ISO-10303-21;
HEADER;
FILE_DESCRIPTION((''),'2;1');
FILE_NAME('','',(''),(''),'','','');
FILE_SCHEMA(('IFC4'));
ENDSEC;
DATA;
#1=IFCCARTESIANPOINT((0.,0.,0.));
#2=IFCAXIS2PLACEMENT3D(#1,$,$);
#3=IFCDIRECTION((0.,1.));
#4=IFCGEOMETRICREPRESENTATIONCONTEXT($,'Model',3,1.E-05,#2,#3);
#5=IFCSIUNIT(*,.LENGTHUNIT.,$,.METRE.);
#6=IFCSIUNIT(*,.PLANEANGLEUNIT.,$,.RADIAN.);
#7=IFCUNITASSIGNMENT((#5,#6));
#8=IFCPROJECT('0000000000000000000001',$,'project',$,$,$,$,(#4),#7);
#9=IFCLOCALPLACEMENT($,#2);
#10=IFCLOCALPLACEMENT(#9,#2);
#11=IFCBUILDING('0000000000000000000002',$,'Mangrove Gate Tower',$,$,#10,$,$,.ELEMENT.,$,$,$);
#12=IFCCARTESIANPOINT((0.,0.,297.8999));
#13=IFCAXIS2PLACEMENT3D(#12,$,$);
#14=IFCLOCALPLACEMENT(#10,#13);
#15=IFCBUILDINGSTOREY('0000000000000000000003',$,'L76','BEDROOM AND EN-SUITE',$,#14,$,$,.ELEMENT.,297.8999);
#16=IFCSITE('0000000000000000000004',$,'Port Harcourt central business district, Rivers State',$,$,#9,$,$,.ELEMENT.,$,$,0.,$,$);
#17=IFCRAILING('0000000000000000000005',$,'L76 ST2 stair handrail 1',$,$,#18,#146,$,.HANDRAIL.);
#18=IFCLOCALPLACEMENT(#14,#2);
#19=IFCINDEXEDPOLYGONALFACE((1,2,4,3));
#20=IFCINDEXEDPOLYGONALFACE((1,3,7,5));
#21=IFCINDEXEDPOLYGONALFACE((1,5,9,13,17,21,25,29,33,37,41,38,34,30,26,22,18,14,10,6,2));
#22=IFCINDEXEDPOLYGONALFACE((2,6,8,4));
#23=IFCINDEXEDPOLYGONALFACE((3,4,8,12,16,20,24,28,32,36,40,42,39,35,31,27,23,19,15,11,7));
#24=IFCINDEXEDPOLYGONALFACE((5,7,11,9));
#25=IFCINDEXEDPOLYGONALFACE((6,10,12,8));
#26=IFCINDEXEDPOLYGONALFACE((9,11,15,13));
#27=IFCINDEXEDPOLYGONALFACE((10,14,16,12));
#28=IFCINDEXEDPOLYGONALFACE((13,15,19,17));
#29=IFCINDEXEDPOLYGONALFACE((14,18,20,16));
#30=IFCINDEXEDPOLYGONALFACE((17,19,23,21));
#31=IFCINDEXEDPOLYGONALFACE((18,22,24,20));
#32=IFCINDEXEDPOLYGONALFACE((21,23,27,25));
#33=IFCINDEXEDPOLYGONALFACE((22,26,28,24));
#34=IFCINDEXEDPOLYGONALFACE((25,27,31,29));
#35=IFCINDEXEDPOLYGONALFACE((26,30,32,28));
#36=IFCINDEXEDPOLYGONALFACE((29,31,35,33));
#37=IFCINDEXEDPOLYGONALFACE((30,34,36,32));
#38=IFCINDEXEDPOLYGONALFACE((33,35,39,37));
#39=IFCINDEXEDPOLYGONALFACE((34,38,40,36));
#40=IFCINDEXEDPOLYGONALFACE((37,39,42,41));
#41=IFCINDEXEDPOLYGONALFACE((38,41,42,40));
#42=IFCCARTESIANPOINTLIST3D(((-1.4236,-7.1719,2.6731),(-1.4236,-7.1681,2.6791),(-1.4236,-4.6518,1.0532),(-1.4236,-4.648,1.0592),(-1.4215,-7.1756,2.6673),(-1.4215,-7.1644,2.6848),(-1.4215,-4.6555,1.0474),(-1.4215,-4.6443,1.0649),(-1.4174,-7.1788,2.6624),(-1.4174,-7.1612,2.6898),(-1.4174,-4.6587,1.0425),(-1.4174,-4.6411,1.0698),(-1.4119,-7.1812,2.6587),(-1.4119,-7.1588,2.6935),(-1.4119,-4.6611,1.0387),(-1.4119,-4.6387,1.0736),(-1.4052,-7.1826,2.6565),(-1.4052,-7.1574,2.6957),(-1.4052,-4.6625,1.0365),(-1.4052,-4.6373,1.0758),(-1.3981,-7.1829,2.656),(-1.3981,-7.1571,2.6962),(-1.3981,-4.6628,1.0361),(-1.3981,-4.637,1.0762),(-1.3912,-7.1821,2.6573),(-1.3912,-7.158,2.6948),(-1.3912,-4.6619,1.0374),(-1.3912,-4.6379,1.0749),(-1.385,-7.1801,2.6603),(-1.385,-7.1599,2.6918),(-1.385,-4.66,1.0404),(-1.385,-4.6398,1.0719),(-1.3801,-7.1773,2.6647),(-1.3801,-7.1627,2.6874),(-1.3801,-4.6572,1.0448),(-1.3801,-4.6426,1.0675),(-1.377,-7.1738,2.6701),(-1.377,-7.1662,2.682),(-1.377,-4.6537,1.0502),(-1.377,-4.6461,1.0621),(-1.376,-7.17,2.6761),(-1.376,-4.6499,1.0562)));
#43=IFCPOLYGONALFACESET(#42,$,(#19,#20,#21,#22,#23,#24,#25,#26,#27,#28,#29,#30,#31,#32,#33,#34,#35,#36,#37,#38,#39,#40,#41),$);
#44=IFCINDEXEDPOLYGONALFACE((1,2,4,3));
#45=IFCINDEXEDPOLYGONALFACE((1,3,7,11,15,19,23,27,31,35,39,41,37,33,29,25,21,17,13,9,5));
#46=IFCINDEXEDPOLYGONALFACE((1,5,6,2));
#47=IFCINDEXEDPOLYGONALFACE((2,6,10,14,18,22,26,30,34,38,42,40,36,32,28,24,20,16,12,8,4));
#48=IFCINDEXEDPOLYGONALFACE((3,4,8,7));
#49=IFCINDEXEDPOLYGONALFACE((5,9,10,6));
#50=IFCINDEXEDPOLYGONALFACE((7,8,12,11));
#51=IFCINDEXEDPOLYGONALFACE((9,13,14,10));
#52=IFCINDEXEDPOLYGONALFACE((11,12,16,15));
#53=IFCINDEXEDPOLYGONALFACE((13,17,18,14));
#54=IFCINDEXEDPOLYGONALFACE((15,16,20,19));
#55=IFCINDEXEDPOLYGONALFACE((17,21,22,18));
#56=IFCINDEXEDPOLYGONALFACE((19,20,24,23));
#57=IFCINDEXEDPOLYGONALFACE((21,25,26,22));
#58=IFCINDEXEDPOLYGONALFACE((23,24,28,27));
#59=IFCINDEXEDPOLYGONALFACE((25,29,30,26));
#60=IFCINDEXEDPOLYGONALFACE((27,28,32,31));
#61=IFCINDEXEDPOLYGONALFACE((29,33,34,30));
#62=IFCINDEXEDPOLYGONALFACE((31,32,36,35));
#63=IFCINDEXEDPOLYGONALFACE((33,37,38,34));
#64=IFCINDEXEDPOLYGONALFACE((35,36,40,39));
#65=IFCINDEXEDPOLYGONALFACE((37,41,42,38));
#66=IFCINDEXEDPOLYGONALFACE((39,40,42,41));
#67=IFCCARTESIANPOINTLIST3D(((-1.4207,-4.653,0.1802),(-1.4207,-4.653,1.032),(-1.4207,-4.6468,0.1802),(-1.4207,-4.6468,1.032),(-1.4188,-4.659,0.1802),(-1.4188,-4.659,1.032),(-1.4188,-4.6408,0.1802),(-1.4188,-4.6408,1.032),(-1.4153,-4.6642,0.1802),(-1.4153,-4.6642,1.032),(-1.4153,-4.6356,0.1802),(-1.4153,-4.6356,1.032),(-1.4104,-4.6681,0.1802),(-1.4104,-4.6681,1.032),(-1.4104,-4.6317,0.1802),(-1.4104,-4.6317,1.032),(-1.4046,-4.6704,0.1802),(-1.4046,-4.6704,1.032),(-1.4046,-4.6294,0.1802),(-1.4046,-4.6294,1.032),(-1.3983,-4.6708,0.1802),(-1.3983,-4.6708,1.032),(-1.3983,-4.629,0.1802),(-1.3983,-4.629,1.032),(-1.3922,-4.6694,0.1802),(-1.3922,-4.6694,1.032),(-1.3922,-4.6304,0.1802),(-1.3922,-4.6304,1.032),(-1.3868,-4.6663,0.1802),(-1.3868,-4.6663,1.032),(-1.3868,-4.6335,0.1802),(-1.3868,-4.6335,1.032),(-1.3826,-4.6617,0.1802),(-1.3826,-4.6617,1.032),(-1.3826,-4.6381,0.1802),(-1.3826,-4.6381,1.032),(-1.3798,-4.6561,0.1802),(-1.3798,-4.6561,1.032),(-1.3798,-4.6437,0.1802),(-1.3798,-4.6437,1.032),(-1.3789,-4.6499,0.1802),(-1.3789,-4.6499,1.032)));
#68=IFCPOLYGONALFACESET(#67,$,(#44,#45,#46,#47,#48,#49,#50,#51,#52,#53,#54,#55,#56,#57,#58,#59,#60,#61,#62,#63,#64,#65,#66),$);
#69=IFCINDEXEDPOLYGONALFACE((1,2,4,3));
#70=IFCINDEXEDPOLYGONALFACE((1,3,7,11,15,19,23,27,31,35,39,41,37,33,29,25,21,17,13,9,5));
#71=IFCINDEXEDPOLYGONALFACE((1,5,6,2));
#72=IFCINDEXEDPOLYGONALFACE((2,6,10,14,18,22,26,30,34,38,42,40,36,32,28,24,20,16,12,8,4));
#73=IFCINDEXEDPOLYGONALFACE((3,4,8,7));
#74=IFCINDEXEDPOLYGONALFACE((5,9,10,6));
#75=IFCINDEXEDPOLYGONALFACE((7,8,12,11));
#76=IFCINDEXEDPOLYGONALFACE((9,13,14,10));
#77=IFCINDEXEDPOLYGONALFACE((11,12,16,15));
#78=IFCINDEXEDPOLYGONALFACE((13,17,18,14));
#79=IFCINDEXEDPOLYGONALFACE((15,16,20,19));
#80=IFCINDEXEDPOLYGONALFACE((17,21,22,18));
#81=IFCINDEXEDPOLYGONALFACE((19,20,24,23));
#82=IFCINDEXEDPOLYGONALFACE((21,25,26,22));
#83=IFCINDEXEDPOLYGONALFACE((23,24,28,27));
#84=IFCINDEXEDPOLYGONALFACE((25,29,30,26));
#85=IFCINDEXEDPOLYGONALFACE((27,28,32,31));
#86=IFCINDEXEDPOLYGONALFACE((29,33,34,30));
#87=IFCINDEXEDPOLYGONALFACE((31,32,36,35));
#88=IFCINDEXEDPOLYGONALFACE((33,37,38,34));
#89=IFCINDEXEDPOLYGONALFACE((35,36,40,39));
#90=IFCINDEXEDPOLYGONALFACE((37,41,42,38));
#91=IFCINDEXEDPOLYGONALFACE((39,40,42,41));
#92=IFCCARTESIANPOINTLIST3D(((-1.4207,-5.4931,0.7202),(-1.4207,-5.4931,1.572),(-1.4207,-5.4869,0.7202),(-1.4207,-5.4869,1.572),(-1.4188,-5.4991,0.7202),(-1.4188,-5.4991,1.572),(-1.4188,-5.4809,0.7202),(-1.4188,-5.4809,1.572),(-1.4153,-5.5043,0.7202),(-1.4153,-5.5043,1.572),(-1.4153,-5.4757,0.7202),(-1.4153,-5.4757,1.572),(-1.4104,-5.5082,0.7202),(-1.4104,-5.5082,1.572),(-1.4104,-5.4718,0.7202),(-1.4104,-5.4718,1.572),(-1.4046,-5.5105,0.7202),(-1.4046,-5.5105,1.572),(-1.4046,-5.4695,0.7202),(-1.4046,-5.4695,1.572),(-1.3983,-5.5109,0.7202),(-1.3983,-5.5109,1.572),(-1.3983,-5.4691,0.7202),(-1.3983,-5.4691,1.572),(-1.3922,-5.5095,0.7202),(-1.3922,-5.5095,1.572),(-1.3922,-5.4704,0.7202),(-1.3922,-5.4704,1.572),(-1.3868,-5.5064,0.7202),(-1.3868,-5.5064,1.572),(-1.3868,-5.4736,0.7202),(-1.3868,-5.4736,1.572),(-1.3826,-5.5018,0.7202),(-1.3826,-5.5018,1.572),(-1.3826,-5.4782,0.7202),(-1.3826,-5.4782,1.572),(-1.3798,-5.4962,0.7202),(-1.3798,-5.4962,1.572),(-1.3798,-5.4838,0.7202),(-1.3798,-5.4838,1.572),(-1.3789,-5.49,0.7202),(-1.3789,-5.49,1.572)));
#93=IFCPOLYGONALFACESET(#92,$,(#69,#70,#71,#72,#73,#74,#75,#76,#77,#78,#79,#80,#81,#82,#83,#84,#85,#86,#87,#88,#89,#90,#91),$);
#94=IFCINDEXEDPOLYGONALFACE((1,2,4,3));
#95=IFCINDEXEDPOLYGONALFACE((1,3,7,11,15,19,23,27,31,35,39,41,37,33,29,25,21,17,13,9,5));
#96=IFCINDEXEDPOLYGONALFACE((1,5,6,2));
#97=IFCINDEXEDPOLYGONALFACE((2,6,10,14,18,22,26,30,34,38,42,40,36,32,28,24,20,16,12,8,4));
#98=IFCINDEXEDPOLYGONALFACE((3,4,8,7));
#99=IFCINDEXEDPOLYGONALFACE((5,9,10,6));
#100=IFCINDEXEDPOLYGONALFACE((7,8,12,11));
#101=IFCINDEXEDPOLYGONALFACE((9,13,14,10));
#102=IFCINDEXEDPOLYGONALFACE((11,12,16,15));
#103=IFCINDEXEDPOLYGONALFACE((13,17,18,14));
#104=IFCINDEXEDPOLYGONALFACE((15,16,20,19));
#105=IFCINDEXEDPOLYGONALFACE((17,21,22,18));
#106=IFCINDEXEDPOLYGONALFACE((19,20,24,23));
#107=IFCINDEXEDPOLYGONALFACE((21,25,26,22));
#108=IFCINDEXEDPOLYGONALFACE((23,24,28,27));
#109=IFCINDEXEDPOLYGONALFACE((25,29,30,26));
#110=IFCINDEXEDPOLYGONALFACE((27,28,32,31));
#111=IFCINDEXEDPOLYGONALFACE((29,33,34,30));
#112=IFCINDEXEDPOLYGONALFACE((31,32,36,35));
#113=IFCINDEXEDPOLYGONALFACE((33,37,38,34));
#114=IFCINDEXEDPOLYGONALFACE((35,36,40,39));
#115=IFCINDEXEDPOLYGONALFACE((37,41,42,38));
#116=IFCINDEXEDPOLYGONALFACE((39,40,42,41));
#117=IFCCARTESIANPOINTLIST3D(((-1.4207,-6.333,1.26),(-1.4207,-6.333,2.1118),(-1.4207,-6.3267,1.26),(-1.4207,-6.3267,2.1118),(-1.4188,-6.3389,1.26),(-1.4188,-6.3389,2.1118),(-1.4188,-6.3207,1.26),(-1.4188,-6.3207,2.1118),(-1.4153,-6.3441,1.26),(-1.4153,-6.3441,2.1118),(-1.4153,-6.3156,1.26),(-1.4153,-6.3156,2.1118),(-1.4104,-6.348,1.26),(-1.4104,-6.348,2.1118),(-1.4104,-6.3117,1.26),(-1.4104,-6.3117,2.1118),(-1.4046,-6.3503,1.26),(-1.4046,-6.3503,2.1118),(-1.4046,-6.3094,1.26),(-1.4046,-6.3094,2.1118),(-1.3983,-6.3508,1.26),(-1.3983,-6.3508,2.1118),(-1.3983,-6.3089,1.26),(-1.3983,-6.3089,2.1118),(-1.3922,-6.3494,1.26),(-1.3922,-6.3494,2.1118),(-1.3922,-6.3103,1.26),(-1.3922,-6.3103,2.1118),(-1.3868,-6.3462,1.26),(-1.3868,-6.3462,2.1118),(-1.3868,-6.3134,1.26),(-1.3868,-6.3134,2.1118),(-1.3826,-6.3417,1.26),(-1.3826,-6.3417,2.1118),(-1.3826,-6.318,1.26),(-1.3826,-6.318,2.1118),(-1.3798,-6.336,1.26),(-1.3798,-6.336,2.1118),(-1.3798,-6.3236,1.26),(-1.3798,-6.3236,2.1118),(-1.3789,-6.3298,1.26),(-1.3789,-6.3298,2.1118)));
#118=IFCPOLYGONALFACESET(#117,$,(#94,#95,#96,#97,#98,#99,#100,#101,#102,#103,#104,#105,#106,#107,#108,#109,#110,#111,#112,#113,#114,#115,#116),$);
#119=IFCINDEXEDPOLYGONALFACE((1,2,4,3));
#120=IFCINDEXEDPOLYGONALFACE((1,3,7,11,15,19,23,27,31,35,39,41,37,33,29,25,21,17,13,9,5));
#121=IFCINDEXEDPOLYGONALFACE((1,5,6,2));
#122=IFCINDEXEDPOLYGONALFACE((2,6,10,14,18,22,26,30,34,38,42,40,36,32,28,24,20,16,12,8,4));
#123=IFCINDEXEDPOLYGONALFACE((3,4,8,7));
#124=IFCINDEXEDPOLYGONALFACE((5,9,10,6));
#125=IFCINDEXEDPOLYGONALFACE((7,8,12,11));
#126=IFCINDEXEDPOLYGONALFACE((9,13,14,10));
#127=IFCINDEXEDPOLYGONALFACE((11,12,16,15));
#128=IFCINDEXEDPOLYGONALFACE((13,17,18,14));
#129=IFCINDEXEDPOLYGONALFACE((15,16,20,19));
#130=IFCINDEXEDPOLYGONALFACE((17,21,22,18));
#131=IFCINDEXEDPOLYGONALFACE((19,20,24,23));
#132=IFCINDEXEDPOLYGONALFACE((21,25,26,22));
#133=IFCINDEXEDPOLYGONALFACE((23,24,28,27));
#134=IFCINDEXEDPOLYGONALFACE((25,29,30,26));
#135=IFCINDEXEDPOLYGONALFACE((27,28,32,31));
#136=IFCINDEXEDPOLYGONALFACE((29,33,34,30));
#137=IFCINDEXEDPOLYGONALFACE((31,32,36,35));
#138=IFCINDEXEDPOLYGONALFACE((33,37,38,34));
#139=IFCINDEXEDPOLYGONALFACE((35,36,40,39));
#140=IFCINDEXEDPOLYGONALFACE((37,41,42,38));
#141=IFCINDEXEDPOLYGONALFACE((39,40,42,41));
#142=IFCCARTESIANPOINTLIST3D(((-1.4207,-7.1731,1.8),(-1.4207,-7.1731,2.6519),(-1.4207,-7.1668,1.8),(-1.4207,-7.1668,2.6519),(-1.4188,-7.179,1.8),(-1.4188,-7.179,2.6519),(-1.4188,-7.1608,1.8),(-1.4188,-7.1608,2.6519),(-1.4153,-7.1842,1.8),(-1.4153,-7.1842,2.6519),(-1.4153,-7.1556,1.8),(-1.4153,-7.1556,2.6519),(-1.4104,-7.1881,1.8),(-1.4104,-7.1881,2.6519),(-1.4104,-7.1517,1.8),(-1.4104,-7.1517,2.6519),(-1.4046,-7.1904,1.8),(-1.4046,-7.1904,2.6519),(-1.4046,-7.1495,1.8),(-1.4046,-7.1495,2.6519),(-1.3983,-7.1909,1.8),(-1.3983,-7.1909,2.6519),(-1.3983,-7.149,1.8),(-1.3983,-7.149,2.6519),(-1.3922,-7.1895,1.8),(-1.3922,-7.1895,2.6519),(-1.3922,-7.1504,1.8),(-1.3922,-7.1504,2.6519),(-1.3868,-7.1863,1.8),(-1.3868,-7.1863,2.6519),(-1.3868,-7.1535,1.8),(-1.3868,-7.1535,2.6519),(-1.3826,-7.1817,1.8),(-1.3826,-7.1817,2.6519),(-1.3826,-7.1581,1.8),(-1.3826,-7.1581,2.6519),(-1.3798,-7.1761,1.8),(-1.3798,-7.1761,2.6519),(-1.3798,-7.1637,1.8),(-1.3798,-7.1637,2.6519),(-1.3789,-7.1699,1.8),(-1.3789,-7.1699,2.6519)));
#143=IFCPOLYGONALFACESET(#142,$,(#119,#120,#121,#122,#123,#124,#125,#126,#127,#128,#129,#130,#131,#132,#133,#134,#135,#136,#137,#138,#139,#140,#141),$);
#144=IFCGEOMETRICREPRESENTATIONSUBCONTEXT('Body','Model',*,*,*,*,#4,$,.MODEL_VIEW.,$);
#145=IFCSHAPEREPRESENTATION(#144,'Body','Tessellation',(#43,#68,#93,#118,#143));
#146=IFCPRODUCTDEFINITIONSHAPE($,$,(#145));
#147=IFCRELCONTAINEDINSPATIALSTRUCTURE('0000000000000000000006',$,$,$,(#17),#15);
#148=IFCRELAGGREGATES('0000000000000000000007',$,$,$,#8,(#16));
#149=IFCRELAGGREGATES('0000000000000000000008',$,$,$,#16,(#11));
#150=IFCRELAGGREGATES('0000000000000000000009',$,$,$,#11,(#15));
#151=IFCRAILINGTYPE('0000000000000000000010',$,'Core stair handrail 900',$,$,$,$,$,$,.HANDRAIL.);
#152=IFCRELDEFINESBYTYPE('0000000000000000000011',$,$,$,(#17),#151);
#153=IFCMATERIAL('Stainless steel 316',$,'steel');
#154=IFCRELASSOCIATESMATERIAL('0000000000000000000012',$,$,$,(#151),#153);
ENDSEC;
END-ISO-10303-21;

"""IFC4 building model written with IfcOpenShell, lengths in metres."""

from ifc_helpers import new_model, si_unit, direction, frame, origin, origin_2d, place, context, subcontext, project, spatial, circle, extrude, material, type_object, element, save


model = new_model("IFC4")

# Units and contexts
model_context = context("Model", 3, precision=1e-05, world=origin(), true_north=direction((0.0, 1.0)))
body_context = subcontext(model_context, "Body", "Model", "MODEL_VIEW")
ifc_project = project(units=[si_unit("LENGTHUNIT", "METRE"), si_unit("PLANEANGLEUNIT", "RADIAN")], contexts=[model_context])

# Site, building, storey
site_placement = place(None, origin())
site = spatial("IfcSite", under=ifc_project, at=site_placement, Name="Port Harcourt central business district, Rivers State", CompositionType="ELEMENT", RefElevation=0.0)
building_placement = place(site_placement, origin())
building = spatial("IfcBuilding", under=site, at=building_placement, Name="Mangrove Gate Tower", CompositionType="ELEMENT")
storey_placement = place(building_placement, frame((0.0, 0.0, 297.8999)))
storey = spatial("IfcBuildingStorey", under=building, at=storey_placement, Name="L76", Description="BEDROOM AND EN-SUITE", CompositionType="ELEMENT", Elevation=297.8999)

# Railing
ifc_material_1 = material(Name="Stainless steel 316", Category="steel")
railing_type_1 = type_object("IfcRailingType", Name="Core stair handrail 900", PredefinedType="HANDRAIL", material=ifc_material_1)
railing_1_placement = place(storey_placement, frame((-1.3999, -4.6499, 0.1802)))
element("IfcRailing", 1, at=railing_1_placement, inside=storey, type_object=railing_type_1, Name="L76 ST2 stair handrail 1", PredefinedType="HANDRAIL", context=body_context, shape_type="SweptSolid", body=[
    extrude(circle(Radius=0.0239, at=origin_2d()), frame((0.0, 0.0, 0.876), z_axis=(0.0, -0.8412, 0.540725), x_axis=(1.0, 0.0, 0.0)), (0.0, 0.0, 1.0), 2.9958),
    extrude(circle(Radius=0.021, at=origin_2d()), origin(), (0.0, 0.0, 1.0), 0.8518),
    extrude(circle(Radius=0.021, at=origin_2d()), frame((0.0, -0.8401, 0.54)), (0.0, 0.0, 1.0), 0.8518),
    extrude(circle(Radius=0.021, at=origin_2d()), frame((0.0, -1.6799, 1.0798)), (0.0, 0.0, 1.0), 0.8518),
    extrude(circle(Radius=0.021, at=origin_2d()), frame((0.0, -2.52, 1.6199)), (0.0, 0.0, 1.0), 0.8518),
])

save(model, "model.ifc")
